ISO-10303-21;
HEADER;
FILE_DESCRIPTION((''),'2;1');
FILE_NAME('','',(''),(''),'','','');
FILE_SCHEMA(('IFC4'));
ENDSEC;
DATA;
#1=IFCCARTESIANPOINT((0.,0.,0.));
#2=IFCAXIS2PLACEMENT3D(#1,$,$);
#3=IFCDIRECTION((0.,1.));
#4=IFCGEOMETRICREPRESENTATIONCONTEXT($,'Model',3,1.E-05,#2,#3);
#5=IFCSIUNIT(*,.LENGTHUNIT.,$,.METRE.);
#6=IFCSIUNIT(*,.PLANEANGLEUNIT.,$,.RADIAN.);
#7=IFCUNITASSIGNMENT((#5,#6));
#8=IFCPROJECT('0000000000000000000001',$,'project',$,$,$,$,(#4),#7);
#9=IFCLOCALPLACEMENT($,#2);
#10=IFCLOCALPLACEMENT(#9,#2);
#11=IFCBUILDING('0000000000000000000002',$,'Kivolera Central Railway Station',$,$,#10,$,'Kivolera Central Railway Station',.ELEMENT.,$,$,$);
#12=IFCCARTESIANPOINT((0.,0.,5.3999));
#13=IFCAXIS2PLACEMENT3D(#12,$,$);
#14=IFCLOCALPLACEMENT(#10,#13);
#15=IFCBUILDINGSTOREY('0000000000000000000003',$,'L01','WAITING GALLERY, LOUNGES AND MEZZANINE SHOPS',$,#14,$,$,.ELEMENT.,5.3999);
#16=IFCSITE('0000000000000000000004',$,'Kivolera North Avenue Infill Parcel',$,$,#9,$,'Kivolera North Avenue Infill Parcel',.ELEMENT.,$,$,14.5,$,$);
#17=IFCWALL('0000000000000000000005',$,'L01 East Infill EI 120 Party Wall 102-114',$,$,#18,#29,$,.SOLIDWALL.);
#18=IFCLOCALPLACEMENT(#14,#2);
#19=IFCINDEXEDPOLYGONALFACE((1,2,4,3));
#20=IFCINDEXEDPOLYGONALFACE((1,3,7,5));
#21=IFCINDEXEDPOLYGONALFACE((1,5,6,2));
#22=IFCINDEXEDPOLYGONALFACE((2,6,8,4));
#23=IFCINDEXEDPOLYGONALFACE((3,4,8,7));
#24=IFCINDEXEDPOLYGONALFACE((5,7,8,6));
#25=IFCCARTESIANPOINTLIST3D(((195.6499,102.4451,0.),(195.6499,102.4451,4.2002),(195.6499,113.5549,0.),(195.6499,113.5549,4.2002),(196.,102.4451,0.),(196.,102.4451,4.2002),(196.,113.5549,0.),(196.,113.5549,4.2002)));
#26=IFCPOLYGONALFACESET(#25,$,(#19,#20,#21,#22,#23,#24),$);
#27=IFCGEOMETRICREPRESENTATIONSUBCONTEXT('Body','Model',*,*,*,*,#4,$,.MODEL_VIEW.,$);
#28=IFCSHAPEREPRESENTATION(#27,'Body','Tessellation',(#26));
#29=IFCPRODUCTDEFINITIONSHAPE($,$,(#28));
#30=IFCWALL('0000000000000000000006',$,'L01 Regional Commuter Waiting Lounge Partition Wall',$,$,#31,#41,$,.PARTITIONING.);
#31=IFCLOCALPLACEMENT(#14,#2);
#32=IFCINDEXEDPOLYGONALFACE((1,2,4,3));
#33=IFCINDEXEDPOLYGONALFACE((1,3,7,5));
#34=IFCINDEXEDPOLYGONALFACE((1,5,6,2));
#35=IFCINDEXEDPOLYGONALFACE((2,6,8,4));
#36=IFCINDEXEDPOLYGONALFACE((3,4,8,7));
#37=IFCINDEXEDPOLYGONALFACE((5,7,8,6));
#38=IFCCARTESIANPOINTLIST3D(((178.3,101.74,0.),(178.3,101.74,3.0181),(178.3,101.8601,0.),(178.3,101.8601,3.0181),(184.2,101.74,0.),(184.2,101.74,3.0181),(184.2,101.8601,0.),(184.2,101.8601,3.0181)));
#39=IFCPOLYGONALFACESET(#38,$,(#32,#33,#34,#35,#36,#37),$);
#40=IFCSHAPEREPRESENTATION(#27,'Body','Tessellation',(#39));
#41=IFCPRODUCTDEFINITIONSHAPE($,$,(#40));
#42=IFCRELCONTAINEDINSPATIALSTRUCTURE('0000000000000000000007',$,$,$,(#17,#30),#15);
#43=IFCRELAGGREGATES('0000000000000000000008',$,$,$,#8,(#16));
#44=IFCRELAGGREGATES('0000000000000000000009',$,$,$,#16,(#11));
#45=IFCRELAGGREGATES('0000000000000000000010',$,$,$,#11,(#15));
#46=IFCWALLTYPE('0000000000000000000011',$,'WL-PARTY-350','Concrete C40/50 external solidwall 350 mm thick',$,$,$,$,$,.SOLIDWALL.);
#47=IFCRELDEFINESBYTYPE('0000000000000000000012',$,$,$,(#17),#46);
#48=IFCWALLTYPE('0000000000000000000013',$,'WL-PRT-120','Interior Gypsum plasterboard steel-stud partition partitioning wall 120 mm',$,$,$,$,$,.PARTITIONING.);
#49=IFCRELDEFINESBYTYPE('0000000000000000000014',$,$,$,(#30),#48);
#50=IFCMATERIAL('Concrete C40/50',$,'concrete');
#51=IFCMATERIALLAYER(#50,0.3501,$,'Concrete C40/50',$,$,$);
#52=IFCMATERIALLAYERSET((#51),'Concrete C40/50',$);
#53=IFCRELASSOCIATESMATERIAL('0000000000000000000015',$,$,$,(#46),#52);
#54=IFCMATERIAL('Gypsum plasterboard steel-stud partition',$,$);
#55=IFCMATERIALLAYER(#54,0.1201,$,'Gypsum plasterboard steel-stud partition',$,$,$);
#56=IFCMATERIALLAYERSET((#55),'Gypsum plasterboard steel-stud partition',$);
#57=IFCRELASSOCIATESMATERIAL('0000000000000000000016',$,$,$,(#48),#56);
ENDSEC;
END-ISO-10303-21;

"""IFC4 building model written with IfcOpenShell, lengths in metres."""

from ifc_helpers import new_model, si_unit, direction, frame, frame_2d, origin, place, context, subcontext, project, spatial, rectangle, extrude, material, layer, layer_set, type_object, element, save


model = new_model("IFC4")

# Units and contexts
model_context = context("Model", 3, precision=1e-05, world=origin(), true_north=direction((0.0, 1.0)))
body_context = subcontext(model_context, "Body", "Model", "MODEL_VIEW")
ifc_project = project(units=[si_unit("LENGTHUNIT", "METRE"), si_unit("PLANEANGLEUNIT", "RADIAN")], contexts=[model_context])

# Site, building, storey
site_placement = place(None, origin())
site = spatial("IfcSite", under=ifc_project, at=site_placement, Name="Kivolera North Avenue Infill Parcel", LongName="Kivolera North Avenue Infill Parcel", CompositionType="ELEMENT", RefElevation=14.5)
building_placement = place(site_placement, origin())
building = spatial("IfcBuilding", under=site, at=building_placement, Name="Kivolera Central Railway Station", LongName="Kivolera Central Railway Station", CompositionType="ELEMENT")
storey_placement = place(building_placement, frame((0.0, 0.0, 5.3999)))
storey = spatial("IfcBuildingStorey", under=building, at=storey_placement, Name="L01", Description="WAITING GALLERY, LOUNGES AND MEZZANINE SHOPS", CompositionType="ELEMENT", Elevation=5.3999)

# Shared definitions
ifc_material_1 = material(Name="Concrete C40/50", Category="concrete")

# Walls
ifc_layer_1 = layer(ifc_material_1, 0.3501, Name="Concrete C40/50")
ifc_layer_set_1 = layer_set([ifc_layer_1], Name="Concrete C40/50")
wall_type_1 = type_object("IfcWallType", Name="WL-PARTY-350", Description="Concrete C40/50 external solidwall 350 mm thick", PredefinedType="SOLIDWALL", material=ifc_layer_set_1)
for number, where, z_axis, x_axis, name in (
    (1, (195.825, 113.5549, 0.0), (0.0, 0.0, 1.0), (0.0, -1.0, 0.0), "L01 East Infill EI 120 Party Wall 102-114"),
):
    element("IfcWall", number, at=place(storey_placement, frame(where, z_axis=z_axis, x_axis=x_axis)), inside=storey, type_object=wall_type_1, Name=name, PredefinedType="SOLIDWALL", context=body_context, shape_type="SweptSolid", body=[
        extrude(rectangle(XDim=11.1099, YDim=0.3501, at=frame_2d((5.5549, 0.0))), origin(), (0.0, 0.0, 1.0), 4.2002),
    ])
ifc_material_2 = material(Name="Gypsum plasterboard steel-stud partition")
ifc_layer_2 = layer(ifc_material_2, 0.1201, Name="Gypsum plasterboard steel-stud partition")
ifc_layer_set_2 = layer_set([ifc_layer_2], Name="Gypsum plasterboard steel-stud partition")
wall_type_2 = type_object("IfcWallType", Name="WL-PRT-120", Description="Interior Gypsum plasterboard steel-stud partition partitioning wall 120 mm", PredefinedType="PARTITIONING", material=ifc_layer_set_2)
wall_1_placement = place(storey_placement, frame((178.3, 101.8, 0.0), z_axis=(0.0, 0.0, 1.0), x_axis=(1.0, 0.0, 0.0)))
element("IfcWall", 2, at=wall_1_placement, inside=storey, type_object=wall_type_2, Name="L01 Regional Commuter Waiting Lounge Partition Wall", PredefinedType="PARTITIONING", context=body_context, shape_type="SweptSolid", body=[
    extrude(rectangle(XDim=5.8999, YDim=0.1201, at=frame_2d((2.95, 0.0))), origin(), (0.0, 0.0, 1.0), 3.0181),
])

save(model, "model.ifc")
